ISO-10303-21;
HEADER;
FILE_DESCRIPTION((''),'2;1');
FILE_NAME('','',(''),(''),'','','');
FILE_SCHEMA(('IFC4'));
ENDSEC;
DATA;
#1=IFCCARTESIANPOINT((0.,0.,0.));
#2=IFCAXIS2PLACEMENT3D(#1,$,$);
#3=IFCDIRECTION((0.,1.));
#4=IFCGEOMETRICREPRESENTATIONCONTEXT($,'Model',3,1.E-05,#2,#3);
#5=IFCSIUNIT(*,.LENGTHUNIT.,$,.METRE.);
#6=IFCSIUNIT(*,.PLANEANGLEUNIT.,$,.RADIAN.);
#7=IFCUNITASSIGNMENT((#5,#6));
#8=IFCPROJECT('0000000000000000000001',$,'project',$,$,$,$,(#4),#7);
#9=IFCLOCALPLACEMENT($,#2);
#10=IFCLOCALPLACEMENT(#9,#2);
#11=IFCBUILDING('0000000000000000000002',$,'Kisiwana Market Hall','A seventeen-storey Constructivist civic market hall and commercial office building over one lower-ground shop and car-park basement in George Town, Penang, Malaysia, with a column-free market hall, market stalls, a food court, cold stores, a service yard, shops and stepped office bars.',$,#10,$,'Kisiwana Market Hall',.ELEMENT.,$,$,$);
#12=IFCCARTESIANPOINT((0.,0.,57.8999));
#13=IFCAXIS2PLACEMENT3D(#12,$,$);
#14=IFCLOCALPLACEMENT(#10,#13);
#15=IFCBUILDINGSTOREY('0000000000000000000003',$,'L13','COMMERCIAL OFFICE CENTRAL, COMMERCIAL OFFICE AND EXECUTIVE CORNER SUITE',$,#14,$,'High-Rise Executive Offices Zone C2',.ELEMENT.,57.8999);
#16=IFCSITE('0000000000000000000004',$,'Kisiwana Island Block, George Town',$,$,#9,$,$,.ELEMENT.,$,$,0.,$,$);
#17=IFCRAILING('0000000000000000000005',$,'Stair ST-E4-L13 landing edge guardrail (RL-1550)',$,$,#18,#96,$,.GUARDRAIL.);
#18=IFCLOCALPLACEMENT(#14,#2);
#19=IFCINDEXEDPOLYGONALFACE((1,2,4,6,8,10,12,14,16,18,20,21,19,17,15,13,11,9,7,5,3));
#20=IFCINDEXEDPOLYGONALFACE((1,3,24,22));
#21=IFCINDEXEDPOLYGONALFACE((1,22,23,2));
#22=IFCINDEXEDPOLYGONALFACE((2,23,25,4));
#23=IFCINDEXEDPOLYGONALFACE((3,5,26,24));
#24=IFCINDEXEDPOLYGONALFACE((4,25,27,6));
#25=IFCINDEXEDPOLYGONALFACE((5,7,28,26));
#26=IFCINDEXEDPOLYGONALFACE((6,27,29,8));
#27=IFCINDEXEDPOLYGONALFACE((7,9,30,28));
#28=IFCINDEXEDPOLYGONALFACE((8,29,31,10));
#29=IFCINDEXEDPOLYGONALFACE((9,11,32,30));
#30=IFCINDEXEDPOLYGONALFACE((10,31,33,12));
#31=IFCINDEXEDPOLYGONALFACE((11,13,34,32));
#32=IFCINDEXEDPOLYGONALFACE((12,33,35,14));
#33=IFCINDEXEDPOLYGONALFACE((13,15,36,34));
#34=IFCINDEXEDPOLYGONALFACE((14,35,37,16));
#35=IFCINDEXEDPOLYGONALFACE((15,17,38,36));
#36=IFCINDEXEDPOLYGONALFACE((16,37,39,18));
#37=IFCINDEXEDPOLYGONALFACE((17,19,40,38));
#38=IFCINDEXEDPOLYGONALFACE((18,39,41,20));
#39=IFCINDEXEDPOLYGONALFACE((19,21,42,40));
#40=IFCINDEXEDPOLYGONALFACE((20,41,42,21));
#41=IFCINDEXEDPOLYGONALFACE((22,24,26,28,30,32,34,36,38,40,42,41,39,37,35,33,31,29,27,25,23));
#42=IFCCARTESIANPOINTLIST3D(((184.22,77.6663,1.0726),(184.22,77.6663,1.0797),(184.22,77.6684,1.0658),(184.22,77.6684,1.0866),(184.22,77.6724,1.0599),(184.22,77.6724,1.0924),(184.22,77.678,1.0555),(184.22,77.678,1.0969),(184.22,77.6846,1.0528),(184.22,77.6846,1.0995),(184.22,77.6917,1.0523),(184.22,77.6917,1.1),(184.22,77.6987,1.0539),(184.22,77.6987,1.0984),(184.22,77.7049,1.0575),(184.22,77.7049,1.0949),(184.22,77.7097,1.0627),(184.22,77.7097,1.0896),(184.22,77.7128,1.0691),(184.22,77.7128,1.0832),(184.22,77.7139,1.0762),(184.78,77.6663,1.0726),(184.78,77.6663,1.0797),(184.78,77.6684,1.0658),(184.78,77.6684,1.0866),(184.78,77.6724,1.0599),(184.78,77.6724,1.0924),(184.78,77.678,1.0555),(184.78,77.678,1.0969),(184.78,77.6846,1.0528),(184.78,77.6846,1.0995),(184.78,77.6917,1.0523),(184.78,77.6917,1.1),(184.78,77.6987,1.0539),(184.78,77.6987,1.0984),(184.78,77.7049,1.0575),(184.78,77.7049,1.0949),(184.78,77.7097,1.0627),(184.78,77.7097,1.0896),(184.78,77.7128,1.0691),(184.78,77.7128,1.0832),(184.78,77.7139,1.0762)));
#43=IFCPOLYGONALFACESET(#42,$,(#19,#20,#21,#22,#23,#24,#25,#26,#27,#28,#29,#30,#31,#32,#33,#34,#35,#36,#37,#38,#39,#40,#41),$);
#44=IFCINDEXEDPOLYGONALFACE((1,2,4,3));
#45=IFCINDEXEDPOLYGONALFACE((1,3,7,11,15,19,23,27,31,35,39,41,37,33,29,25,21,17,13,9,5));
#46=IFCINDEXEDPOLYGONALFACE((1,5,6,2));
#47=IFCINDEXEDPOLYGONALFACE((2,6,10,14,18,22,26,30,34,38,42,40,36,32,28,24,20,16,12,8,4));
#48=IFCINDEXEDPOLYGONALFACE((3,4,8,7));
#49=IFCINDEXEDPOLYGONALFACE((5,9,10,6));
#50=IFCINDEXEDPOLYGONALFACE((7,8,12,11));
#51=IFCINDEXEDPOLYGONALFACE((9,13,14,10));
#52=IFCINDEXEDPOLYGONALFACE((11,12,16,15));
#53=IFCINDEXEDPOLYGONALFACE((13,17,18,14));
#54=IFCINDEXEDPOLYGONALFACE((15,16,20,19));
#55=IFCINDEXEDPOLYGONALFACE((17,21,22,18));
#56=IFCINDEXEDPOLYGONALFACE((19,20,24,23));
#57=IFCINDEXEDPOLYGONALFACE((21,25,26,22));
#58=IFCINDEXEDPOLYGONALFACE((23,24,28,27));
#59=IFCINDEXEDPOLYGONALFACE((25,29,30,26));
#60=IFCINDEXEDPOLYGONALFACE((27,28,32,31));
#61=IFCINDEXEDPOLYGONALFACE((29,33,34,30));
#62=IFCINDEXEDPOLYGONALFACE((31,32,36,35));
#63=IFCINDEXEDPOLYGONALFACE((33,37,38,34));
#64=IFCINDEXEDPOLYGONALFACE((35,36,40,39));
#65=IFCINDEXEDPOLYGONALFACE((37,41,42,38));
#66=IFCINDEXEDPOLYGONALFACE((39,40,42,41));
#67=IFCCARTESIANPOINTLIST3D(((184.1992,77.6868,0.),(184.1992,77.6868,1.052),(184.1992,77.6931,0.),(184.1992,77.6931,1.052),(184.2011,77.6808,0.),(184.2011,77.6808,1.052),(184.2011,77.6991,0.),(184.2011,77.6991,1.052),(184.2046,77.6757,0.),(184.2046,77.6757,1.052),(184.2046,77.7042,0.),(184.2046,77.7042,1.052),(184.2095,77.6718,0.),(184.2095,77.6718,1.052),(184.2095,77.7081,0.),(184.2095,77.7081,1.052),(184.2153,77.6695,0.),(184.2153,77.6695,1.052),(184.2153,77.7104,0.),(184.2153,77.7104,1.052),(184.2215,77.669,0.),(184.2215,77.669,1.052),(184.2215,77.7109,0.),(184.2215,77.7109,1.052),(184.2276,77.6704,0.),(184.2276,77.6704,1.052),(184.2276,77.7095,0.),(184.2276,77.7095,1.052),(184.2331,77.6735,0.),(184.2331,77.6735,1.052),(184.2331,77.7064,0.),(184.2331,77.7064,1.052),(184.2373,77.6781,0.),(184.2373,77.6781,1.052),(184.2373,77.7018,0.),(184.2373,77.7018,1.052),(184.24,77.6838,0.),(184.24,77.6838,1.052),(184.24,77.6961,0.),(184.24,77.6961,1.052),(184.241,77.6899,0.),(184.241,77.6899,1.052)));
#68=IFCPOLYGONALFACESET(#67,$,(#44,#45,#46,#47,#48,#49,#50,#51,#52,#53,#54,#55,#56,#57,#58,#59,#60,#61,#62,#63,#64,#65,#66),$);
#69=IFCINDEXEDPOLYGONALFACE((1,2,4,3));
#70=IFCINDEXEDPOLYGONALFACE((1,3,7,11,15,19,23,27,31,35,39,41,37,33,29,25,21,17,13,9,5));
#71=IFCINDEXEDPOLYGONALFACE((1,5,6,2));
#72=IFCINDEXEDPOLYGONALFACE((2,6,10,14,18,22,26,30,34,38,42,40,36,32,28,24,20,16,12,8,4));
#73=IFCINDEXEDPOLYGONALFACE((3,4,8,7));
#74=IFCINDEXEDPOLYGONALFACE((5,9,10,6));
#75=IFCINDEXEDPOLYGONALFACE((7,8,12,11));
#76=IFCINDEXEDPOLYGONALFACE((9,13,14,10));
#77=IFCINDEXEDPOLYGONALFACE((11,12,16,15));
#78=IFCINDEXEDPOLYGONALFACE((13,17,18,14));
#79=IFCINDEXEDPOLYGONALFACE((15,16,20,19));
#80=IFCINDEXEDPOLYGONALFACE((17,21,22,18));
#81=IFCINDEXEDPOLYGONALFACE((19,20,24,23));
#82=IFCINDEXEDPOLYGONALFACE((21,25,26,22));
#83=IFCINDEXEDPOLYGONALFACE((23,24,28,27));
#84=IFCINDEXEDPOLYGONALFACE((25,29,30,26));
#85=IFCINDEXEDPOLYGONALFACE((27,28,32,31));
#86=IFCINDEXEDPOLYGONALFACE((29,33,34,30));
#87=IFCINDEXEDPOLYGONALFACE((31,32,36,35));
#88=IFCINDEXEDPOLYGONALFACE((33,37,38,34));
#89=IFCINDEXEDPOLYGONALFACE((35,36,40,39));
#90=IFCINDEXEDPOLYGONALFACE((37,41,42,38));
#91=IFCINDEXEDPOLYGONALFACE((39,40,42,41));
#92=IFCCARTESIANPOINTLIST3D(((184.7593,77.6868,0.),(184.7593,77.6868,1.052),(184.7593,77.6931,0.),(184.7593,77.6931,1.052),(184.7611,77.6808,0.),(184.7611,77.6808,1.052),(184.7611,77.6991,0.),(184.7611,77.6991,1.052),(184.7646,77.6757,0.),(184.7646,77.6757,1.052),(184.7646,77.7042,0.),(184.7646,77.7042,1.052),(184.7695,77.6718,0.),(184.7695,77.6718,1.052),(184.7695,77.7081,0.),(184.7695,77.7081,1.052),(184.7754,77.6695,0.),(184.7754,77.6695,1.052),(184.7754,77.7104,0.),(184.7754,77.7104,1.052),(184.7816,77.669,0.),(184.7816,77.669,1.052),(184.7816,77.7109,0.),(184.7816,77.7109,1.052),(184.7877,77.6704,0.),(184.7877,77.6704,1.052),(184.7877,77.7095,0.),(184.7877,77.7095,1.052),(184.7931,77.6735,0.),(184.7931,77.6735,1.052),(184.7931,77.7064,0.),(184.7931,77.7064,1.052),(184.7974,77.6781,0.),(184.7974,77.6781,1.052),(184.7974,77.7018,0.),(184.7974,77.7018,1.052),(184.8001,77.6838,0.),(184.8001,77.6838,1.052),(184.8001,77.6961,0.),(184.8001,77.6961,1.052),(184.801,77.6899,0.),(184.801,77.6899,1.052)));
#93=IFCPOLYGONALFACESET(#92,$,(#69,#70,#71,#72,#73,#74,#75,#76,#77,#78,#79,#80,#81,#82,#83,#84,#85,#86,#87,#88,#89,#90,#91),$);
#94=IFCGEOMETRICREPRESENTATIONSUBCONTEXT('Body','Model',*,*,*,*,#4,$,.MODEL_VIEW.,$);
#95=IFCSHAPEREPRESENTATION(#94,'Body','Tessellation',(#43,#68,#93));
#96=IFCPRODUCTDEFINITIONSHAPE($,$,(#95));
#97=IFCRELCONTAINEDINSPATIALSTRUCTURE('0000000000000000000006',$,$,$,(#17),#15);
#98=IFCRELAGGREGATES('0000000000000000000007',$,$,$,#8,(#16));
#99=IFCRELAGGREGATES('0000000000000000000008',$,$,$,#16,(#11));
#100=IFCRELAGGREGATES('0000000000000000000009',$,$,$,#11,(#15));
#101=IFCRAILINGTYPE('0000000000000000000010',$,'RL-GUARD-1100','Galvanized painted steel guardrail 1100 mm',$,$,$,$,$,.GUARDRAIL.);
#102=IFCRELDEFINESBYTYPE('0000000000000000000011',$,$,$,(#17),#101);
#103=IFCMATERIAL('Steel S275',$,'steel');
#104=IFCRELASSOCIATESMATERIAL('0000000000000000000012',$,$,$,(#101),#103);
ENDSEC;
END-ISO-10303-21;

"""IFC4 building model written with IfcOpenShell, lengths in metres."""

from ifc_helpers import new_model, si_unit, direction, frame, origin, origin_2d, place, context, subcontext, project, spatial, circle, extrude, material, type_object, element, save


model = new_model("IFC4")

# Units and contexts
model_context = context("Model", 3, precision=1e-05, world=origin(), true_north=direction((0.0, 1.0)))
body_context = subcontext(model_context, "Body", "Model", "MODEL_VIEW")
ifc_project = project(units=[si_unit("LENGTHUNIT", "METRE"), si_unit("PLANEANGLEUNIT", "RADIAN")], contexts=[model_context])

# Site, building, storey
site_placement = place(None, origin())
site = spatial("IfcSite", under=ifc_project, at=site_placement, Name="Kisiwana Island Block, George Town", CompositionType="ELEMENT", RefElevation=0.0)
building_placement = place(site_placement, origin())
building = spatial("IfcBuilding", under=site, at=building_placement, Name="Kisiwana Market Hall", Description="A seventeen-storey Constructivist civic market hall and commercial office building over one lower-ground shop and car-park basement in George Town, Penang, Malaysia, with a column-free market hall, market stalls, a food court, cold stores, a service yard, shops and stepped office bars.", LongName="Kisiwana Market Hall", CompositionType="ELEMENT")
storey_placement = place(building_placement, frame((0.0, 0.0, 57.8999)))
storey = spatial("IfcBuildingStorey", under=building, at=storey_placement, Name="L13", Description="COMMERCIAL OFFICE CENTRAL, COMMERCIAL OFFICE AND EXECUTIVE CORNER SUITE", LongName="High-Rise Executive Offices Zone C2", CompositionType="ELEMENT", Elevation=57.8999)

# Railing
ifc_material_1 = material(Name="Steel S275", Category="steel")
railing_type_1 = type_object("IfcRailingType", Name="RL-GUARD-1100", Description="Galvanized painted steel guardrail 1100 mm", PredefinedType="GUARDRAIL", material=ifc_material_1)
railing_1_placement = place(storey_placement, frame((184.22, 77.6899, 0.0)))
element("IfcRailing", 1, at=railing_1_placement, inside=storey, type_object=railing_type_1, Name="Stair ST-E4-L13 landing edge guardrail (RL-1550)", PredefinedType="GUARDRAIL", context=body_context, shape_type="SweptSolid", body=[
    extrude(circle(Radius=0.0239, at=origin_2d()), frame((0.0, 0.0, 1.0762), z_axis=(1.0, 0.0, 0.0), x_axis=(0.0, 1.0, 0.0)), (0.0, 0.0, 1.0), 0.5601),
    extrude(circle(Radius=0.021, at=origin_2d()), origin(), (0.0, 0.0, 1.0), 1.052),
    extrude(circle(Radius=0.021, at=origin_2d()), frame((0.5601, 0.0, 0.0)), (0.0, 0.0, 1.0), 1.052),
])

save(model, "model.ifc")
